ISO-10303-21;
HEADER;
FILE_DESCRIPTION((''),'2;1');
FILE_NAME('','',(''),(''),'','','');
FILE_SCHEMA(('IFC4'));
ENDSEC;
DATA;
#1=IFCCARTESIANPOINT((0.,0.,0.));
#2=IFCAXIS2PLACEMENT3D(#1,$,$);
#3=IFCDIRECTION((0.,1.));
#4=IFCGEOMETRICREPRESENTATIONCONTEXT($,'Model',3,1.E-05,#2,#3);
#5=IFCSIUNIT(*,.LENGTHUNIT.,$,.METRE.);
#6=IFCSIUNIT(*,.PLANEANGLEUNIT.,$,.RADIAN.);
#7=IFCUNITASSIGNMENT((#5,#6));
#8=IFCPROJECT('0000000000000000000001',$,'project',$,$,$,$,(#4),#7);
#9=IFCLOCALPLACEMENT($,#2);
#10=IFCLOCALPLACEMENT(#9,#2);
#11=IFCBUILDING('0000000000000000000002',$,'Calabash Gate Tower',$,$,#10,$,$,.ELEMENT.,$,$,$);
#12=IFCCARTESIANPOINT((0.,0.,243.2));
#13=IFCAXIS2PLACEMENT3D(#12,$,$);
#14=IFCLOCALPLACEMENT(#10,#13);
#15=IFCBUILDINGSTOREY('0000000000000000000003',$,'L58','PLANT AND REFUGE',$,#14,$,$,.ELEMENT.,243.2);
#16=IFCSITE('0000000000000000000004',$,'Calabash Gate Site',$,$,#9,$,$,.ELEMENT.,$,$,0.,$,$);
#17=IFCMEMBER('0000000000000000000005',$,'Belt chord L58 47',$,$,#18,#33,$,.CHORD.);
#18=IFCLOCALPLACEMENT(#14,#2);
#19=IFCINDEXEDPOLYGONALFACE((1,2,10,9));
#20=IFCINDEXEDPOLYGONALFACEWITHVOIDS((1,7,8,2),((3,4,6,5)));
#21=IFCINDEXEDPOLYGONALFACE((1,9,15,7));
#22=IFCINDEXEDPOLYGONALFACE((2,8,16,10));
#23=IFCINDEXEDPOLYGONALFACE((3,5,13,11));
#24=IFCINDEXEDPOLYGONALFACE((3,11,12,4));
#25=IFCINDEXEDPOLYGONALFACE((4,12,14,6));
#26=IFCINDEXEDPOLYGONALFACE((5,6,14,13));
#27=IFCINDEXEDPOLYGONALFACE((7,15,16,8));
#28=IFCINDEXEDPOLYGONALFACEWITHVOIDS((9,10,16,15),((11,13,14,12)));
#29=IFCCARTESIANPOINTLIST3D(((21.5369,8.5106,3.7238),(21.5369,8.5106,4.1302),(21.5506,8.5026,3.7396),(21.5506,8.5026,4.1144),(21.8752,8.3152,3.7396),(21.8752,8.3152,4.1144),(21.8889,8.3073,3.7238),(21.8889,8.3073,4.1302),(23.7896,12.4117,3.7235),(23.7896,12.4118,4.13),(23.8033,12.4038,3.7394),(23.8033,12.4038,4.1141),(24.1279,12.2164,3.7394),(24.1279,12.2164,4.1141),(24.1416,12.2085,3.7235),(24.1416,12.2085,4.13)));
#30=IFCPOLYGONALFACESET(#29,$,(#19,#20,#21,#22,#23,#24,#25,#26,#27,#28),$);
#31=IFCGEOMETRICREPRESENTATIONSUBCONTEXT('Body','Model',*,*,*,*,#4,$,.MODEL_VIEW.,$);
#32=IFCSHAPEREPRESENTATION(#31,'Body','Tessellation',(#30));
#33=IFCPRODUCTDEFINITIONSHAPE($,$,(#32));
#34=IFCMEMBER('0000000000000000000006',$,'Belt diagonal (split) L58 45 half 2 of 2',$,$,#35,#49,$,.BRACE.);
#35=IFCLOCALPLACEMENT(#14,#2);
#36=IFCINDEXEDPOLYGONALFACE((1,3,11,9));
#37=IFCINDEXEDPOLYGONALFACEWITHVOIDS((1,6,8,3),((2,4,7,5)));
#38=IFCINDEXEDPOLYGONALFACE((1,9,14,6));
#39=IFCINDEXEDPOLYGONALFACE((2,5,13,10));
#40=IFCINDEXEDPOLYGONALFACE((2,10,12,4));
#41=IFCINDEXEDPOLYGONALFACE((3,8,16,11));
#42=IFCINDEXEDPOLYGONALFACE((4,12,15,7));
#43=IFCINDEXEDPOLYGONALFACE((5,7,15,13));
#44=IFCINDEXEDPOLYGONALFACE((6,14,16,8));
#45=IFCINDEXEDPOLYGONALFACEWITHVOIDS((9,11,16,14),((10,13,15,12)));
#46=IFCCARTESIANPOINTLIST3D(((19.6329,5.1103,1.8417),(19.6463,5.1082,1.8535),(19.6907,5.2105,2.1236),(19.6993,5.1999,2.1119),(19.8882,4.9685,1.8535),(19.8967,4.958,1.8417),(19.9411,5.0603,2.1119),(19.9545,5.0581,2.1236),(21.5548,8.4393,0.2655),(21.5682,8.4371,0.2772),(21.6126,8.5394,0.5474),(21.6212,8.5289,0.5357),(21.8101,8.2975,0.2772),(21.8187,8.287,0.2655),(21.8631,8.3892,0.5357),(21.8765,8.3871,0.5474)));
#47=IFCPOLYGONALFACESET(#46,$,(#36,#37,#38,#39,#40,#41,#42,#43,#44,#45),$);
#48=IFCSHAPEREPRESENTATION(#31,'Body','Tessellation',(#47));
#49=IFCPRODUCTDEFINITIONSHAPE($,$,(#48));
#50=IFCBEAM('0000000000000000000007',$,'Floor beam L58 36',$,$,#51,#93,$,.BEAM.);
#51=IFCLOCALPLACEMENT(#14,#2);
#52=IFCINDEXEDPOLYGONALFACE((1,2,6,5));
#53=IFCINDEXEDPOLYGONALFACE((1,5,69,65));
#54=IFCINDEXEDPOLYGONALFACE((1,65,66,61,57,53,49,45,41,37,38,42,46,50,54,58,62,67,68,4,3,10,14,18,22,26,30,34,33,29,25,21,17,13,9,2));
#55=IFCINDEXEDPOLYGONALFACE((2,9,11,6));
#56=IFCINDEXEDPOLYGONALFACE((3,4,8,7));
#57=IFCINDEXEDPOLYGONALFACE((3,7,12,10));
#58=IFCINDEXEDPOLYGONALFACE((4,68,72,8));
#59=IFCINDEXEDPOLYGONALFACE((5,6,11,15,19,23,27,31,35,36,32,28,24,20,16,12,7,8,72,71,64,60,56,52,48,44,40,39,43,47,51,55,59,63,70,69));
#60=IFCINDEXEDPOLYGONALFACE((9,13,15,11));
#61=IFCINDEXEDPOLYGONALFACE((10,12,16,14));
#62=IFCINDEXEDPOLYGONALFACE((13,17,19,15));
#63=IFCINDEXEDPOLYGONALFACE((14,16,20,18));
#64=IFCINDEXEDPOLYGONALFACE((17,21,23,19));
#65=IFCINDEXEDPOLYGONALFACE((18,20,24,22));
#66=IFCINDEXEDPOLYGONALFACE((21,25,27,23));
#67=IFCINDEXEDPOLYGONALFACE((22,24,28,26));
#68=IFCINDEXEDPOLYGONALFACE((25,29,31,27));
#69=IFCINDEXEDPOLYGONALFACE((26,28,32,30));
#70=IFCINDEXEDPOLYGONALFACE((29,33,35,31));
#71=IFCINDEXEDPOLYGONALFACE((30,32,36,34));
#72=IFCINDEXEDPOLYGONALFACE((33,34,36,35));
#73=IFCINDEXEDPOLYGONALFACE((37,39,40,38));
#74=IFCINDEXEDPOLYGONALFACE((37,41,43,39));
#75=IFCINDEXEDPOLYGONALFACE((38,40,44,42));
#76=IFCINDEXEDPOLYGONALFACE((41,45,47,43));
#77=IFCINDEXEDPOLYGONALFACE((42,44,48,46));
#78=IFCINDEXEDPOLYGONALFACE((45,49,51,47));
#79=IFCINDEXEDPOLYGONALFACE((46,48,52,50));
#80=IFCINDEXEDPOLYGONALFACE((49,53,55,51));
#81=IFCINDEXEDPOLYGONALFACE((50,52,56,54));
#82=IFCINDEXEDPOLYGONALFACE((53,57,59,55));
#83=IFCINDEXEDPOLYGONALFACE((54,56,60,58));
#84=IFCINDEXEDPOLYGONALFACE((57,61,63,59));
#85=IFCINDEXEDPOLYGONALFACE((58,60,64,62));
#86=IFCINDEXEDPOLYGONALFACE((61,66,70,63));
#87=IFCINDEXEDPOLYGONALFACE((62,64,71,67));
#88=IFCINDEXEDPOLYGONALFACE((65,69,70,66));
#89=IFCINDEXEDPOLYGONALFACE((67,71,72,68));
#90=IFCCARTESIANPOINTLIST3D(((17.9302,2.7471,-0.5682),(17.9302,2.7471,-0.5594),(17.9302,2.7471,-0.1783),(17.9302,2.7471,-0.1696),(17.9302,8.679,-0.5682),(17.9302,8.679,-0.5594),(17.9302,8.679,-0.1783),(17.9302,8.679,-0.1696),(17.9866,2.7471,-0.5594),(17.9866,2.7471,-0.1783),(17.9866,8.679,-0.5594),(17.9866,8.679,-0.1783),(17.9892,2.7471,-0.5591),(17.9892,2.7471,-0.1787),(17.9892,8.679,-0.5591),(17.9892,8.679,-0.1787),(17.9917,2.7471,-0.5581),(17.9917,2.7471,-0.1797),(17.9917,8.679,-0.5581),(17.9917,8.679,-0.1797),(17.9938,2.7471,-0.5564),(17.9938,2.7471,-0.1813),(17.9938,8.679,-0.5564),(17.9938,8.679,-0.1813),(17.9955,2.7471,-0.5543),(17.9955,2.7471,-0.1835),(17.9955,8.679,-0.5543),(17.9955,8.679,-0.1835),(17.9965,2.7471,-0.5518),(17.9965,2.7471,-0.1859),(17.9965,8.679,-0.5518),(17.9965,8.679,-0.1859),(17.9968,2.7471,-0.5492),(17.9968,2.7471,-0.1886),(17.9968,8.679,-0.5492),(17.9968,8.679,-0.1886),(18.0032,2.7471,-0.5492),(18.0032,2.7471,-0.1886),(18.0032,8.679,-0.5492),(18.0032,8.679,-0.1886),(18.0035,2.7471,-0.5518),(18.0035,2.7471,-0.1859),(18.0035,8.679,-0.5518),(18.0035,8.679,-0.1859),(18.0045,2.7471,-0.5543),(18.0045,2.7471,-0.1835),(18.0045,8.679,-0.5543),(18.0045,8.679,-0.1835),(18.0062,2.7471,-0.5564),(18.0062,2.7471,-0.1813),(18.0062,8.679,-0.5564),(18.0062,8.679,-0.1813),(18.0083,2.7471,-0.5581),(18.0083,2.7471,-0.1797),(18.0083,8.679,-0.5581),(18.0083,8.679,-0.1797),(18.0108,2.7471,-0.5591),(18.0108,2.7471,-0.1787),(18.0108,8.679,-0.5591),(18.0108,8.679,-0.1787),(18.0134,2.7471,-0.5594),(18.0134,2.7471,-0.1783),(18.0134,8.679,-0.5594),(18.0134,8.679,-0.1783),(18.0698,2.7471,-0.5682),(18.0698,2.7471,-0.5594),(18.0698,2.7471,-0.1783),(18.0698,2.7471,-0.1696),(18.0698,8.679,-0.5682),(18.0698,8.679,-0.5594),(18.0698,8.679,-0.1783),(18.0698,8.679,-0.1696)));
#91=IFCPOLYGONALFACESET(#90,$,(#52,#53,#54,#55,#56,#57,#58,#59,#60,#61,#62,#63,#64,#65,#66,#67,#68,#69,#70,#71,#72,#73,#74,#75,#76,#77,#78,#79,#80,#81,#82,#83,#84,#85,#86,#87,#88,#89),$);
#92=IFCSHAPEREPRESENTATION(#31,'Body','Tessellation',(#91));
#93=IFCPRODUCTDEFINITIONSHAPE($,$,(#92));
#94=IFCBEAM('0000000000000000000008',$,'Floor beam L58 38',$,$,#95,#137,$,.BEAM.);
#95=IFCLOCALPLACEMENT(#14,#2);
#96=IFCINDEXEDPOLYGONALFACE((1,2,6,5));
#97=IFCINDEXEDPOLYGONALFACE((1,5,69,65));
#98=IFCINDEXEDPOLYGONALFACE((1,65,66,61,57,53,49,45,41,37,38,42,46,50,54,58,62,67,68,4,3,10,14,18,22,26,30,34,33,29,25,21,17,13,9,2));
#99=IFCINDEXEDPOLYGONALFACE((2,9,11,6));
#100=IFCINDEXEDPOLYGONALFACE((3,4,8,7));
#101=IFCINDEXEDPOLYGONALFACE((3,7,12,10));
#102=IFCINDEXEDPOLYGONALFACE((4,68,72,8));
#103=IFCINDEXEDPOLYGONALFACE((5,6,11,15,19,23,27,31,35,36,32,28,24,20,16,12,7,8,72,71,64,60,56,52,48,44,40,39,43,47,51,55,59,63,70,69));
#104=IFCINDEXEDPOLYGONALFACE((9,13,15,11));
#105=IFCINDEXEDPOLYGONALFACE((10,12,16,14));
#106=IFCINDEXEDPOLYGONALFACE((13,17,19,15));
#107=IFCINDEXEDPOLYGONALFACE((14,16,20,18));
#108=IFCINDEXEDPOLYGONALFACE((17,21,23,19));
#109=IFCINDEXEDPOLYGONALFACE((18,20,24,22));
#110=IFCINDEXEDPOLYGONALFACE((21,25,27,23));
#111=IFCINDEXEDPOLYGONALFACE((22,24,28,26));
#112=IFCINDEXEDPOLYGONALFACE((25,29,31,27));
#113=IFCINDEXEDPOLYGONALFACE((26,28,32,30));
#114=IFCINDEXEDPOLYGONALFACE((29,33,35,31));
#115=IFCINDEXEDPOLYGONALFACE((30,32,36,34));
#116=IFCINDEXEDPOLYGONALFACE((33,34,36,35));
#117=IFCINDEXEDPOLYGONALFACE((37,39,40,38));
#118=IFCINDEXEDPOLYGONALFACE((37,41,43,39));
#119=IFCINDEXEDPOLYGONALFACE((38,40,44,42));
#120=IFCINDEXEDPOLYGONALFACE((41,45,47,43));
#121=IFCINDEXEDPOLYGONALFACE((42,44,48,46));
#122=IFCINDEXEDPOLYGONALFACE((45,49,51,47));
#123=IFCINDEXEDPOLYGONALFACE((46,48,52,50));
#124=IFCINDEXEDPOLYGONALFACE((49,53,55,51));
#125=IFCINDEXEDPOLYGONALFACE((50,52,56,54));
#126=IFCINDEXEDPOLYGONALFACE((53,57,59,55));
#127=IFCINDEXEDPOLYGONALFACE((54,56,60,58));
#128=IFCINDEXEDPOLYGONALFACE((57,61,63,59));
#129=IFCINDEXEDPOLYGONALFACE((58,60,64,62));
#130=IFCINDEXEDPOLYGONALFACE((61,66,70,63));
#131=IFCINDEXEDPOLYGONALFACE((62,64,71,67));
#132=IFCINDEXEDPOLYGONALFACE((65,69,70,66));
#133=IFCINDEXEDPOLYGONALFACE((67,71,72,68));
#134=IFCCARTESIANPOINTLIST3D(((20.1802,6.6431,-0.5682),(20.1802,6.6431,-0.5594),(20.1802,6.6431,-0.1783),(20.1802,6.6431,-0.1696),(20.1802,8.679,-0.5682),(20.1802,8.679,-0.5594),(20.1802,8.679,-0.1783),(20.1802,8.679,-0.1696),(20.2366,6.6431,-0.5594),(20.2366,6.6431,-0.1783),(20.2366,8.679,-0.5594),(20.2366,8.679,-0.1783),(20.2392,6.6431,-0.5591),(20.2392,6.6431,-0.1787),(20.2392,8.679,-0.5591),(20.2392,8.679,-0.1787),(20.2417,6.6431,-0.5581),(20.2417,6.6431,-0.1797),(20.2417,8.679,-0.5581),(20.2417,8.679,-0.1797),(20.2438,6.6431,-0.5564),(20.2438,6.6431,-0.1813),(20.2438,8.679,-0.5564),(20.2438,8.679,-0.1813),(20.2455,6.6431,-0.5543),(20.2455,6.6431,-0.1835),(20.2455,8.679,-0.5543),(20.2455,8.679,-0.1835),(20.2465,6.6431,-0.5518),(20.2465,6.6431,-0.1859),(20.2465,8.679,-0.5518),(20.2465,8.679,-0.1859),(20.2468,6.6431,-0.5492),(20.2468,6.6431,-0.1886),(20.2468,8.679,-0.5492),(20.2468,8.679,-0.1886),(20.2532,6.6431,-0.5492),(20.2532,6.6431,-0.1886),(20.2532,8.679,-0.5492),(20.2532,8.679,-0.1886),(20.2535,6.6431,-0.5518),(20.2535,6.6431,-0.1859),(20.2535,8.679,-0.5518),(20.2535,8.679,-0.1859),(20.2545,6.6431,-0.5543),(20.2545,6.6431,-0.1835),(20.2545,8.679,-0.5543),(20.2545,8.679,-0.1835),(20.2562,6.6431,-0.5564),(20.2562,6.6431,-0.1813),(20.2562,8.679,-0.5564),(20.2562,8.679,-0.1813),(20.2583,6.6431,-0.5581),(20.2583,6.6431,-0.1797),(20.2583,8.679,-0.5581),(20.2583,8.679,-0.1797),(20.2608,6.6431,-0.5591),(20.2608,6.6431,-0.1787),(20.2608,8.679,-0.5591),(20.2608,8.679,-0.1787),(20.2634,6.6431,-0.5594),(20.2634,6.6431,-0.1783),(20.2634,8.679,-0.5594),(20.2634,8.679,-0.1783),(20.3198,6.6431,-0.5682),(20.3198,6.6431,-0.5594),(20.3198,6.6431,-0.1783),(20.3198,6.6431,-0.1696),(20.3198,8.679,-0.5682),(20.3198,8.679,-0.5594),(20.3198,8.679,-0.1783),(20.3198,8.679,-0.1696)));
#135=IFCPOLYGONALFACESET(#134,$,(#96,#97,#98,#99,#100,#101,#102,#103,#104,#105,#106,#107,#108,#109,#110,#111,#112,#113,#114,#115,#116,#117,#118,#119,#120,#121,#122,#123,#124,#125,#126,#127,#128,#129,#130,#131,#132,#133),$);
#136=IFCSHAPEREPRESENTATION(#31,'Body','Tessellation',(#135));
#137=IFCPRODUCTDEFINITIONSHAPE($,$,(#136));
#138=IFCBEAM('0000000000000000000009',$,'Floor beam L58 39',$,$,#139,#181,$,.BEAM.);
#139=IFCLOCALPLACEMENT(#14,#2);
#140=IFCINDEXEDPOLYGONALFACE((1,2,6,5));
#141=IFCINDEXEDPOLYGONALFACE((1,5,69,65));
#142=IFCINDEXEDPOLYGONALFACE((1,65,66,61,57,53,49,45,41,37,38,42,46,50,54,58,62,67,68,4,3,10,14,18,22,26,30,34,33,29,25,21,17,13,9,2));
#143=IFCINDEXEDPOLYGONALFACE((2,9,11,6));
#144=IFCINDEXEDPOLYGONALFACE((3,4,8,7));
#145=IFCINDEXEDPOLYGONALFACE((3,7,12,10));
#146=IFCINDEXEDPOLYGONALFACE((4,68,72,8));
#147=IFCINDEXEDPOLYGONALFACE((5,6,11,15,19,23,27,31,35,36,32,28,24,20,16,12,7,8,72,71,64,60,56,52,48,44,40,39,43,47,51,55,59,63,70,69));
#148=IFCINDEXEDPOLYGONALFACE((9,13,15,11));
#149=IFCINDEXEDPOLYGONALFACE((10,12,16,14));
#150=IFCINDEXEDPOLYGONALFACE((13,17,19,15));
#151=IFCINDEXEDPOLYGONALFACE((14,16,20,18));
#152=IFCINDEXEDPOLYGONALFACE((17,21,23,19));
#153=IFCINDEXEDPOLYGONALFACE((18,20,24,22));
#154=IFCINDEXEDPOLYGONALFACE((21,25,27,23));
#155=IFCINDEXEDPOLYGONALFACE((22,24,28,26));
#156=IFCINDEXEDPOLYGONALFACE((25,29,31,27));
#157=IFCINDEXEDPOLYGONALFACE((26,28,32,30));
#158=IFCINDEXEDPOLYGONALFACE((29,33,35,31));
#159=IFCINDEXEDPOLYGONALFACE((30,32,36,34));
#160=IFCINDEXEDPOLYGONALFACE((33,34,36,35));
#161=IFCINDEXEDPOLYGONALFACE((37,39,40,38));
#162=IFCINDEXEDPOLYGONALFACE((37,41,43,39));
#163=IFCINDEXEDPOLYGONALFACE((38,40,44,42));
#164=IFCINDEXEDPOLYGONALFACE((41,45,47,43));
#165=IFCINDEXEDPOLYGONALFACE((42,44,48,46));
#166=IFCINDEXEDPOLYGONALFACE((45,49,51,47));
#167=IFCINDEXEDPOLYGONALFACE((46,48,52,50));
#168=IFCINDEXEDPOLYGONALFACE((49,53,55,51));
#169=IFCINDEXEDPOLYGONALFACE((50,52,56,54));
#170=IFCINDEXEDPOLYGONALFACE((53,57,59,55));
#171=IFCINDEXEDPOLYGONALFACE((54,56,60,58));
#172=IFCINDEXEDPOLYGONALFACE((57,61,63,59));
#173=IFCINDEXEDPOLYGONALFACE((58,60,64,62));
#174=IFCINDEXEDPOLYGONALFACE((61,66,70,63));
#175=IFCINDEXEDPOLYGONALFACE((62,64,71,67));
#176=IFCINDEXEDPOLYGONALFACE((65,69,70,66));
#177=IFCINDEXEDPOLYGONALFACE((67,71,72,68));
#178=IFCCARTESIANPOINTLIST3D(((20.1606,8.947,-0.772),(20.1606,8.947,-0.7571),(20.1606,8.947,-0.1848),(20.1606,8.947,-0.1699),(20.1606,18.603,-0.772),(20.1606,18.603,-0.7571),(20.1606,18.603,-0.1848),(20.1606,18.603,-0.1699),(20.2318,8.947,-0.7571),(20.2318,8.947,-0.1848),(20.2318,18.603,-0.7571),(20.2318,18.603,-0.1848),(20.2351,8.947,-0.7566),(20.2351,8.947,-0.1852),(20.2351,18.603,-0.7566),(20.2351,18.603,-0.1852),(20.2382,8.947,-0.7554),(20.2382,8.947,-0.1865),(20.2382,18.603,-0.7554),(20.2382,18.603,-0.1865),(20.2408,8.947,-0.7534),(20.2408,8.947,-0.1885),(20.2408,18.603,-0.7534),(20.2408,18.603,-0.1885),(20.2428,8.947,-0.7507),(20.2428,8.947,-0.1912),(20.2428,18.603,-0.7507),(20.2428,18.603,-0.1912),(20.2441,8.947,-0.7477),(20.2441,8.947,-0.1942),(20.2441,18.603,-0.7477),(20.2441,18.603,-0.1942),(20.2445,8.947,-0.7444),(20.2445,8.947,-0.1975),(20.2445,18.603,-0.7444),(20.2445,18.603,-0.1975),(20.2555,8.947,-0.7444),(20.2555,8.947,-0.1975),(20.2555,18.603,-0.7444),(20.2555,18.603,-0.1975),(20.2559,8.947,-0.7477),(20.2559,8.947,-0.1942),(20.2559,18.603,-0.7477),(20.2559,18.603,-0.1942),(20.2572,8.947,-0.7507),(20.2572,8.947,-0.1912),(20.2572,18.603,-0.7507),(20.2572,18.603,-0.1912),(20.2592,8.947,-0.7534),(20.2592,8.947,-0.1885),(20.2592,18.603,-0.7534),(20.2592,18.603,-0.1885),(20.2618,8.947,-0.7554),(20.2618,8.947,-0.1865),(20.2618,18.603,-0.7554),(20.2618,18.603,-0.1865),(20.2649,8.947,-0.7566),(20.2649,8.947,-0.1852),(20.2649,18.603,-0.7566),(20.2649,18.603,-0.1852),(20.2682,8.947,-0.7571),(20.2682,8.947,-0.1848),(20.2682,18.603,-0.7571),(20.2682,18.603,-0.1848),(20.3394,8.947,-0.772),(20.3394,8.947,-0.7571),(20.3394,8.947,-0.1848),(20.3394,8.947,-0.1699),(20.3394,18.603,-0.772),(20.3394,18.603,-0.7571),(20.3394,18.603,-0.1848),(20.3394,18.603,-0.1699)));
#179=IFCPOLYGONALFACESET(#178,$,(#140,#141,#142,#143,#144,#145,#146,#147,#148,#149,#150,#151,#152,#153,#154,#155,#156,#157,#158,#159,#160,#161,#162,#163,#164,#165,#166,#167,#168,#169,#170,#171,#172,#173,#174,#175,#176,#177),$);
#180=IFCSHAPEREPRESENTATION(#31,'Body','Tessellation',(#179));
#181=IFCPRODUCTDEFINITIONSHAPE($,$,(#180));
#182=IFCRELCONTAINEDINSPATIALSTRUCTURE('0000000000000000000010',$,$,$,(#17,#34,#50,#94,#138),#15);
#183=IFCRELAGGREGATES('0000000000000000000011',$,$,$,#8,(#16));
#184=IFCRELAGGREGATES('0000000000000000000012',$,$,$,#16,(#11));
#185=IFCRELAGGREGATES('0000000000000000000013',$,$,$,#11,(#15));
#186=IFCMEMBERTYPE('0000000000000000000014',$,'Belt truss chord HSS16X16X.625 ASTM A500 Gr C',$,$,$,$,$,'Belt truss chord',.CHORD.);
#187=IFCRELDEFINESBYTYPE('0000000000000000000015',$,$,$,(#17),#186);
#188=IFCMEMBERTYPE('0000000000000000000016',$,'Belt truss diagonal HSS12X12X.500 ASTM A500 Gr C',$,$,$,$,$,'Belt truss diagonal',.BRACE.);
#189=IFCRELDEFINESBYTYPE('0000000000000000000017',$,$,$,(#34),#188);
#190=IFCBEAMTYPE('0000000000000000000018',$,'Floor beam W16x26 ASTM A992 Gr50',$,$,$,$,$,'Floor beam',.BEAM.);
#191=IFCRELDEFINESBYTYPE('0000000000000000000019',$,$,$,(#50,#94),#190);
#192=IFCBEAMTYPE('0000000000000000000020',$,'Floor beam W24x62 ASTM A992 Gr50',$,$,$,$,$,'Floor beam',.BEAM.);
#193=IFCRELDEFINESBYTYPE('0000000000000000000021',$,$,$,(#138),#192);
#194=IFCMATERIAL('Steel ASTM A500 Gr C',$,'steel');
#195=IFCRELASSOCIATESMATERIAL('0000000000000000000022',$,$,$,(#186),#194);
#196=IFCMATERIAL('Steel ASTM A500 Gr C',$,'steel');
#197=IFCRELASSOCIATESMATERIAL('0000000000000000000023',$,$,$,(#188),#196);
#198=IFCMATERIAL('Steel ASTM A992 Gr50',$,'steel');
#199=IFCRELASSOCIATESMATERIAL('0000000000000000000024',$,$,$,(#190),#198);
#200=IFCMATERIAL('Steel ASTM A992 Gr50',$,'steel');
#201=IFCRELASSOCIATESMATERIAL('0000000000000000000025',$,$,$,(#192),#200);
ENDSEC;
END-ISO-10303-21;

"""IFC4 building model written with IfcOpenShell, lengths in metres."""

from ifc_helpers import new_model, si_unit, direction, frame, origin, origin_2d, place, context, subcontext, project, spatial, hollow_rectangle, i_section, extrude, material, material_profile, profile_set, type_object, element, save


model = new_model("IFC4")

# Units and contexts
model_context = context("Model", 3, precision=1e-05, world=origin(), true_north=direction((0.0, 1.0)))
body_context = subcontext(model_context, "Body", "Model", "MODEL_VIEW")
ifc_project = project(units=[si_unit("LENGTHUNIT", "METRE"), si_unit("PLANEANGLEUNIT", "RADIAN")], contexts=[model_context])

# Site, building, storey
site_placement = place(None, origin())
site = spatial("IfcSite", under=ifc_project, at=site_placement, Name="Calabash Gate Site", CompositionType="ELEMENT", RefElevation=0.0)
building_placement = place(site_placement, origin())
building = spatial("IfcBuilding", under=site, at=building_placement, Name="Calabash Gate Tower", CompositionType="ELEMENT")
storey_placement = place(building_placement, frame((0.0, 0.0, 243.2)))
storey = spatial("IfcBuildingStorey", under=building, at=storey_placement, Name="L58", Description="PLANT AND REFUGE", CompositionType="ELEMENT", Elevation=243.2)

# Members
ifc_material_1 = material(Name="Steel ASTM A500 Gr C", Category="steel")
ifc_material_profile_1 = material_profile(ifc_material_1, hollow_rectangle(XDim=0.4065, YDim=0.4065, WallThickness=0.0159, at=origin_2d()))
ifc_profile_set_1 = profile_set([ifc_material_profile_1], Name="Steel ASTM A500 Gr C")
member_type_1 = type_object("IfcMemberType", Name="Belt truss chord HSS16X16X.625 ASTM A500 Gr C", ElementType="Belt truss chord", PredefinedType="CHORD", material=ifc_profile_set_1)
member_1_placement = place(storey_placement, frame((21.7129, 8.4089, 3.927), z_axis=(0.500062, 0.86599, -0.000054), x_axis=(-0.86599, 0.500062, 0.0)))
element("IfcMember", 1, at=member_1_placement, inside=storey, type_object=member_type_1, Name="Belt chord L58 47", PredefinedType="CHORD", context=body_context, shape_type="SweptSolid", body=[
    extrude(hollow_rectangle(XDim=0.4065, YDim=0.4065, WallThickness=0.0159, at=origin_2d()), origin(), (0.0, 0.0, 1.0), 4.5049),
])
ifc_material_2 = material(Name="Steel ASTM A500 Gr C", Category="steel")
ifc_material_profile_2 = material_profile(ifc_material_2, hollow_rectangle(XDim=0.3047, YDim=0.3047, WallThickness=0.0127, at=origin_2d()))
ifc_profile_set_2 = profile_set([ifc_material_profile_2], Name="Steel ASTM A500 Gr C")
member_type_2 = type_object("IfcMemberType", Name="Belt truss diagonal HSS12X12X.500 ASTM A500 Gr C", ElementType="Belt truss diagonal", PredefinedType="BRACE", material=ifc_profile_set_2)
member_2_placement = place(storey_placement, frame((19.7937, 5.0842, 1.9827), z_axis=(0.46261, 0.801281, -0.379396), x_axis=(-0.86603, 0.499992, 0.0)))
element("IfcMember", 2, at=member_2_placement, inside=storey, type_object=member_type_2, Name="Belt diagonal (split) L58 45 half 2 of 2", PredefinedType="BRACE", context=body_context, shape_type="SweptSolid", body=[
    extrude(hollow_rectangle(XDim=0.3047, YDim=0.3047, WallThickness=0.0127, at=origin_2d()), origin(), (0.0, 0.0, 1.0), 4.1545),
])

# Beams
ifc_material_3 = material(Name="Steel ASTM A992 Gr50", Category="steel")
ifc_material_profile_3 = material_profile(ifc_material_3, i_section(OverallWidth=0.1396, OverallDepth=0.3987, WebThickness=0.0063, FlangeThickness=0.0088, FilletRadius=0.0103, at=origin_2d()))
ifc_profile_set_3 = profile_set([ifc_material_profile_3], Name="Steel ASTM A992 Gr50")
beam_type_1 = type_object("IfcBeamType", Name="Floor beam W16x26 ASTM A992 Gr50", ElementType="Floor beam", PredefinedType="BEAM", material=ifc_profile_set_3)
beam_1_placement = place(storey_placement, frame((18.0, 2.7471, -0.3689), z_axis=(0.0, 1.0, 0.0), x_axis=(-1.0, 0.0, 0.0)))
element("IfcBeam", 3, at=beam_1_placement, inside=storey, type_object=beam_type_1, Name="Floor beam L58 36", PredefinedType="BEAM", context=body_context, shape_type="SweptSolid", body=[
    extrude(i_section(OverallWidth=0.1396, OverallDepth=0.3987, WebThickness=0.0063, FlangeThickness=0.0088, FilletRadius=0.0103, at=origin_2d()), origin(), (0.0, 0.0, 1.0), 5.9319),
])
beam_2_placement = place(storey_placement, frame((20.25, 6.6431, -0.3689), z_axis=(0.0, 1.0, 0.0), x_axis=(-1.0, 0.0, 0.0)))
element("IfcBeam", 4, at=beam_2_placement, inside=storey, type_object=beam_type_1, Name="Floor beam L58 38", PredefinedType="BEAM", context=body_context, shape_type="SweptSolid", body=[
    extrude(i_section(OverallWidth=0.1396, OverallDepth=0.3987, WebThickness=0.0063, FlangeThickness=0.0088, FilletRadius=0.0103, at=origin_2d()), origin(), (0.0, 0.0, 1.0), 2.0359),
])
ifc_material_4 = material(Name="Steel ASTM A992 Gr50", Category="steel")
ifc_material_profile_4 = material_profile(ifc_material_4, i_section(OverallWidth=0.1787, OverallDepth=0.6021, WebThickness=0.011, FlangeThickness=0.0149, FilletRadius=0.0127, at=origin_2d()))
ifc_profile_set_4 = profile_set([ifc_material_profile_4], Name="Steel ASTM A992 Gr50")
beam_type_2 = type_object("IfcBeamType", Name="Floor beam W24x62 ASTM A992 Gr50", ElementType="Floor beam", PredefinedType="BEAM", material=ifc_profile_set_4)
beam_3_placement = place(storey_placement, frame((20.25, 8.947, -0.4709), z_axis=(0.0, 1.0, 0.0), x_axis=(-1.0, 0.0, 0.0)))
element("IfcBeam", 5, at=beam_3_placement, inside=storey, type_object=beam_type_2, Name="Floor beam L58 39", PredefinedType="BEAM", context=body_context, shape_type="SweptSolid", body=[
    extrude(i_section(OverallWidth=0.1787, OverallDepth=0.6021, WebThickness=0.011, FlangeThickness=0.0149, FilletRadius=0.0127, at=origin_2d()), origin(), (0.0, 0.0, 1.0), 9.656),
])

save(model, "model.ifc")
